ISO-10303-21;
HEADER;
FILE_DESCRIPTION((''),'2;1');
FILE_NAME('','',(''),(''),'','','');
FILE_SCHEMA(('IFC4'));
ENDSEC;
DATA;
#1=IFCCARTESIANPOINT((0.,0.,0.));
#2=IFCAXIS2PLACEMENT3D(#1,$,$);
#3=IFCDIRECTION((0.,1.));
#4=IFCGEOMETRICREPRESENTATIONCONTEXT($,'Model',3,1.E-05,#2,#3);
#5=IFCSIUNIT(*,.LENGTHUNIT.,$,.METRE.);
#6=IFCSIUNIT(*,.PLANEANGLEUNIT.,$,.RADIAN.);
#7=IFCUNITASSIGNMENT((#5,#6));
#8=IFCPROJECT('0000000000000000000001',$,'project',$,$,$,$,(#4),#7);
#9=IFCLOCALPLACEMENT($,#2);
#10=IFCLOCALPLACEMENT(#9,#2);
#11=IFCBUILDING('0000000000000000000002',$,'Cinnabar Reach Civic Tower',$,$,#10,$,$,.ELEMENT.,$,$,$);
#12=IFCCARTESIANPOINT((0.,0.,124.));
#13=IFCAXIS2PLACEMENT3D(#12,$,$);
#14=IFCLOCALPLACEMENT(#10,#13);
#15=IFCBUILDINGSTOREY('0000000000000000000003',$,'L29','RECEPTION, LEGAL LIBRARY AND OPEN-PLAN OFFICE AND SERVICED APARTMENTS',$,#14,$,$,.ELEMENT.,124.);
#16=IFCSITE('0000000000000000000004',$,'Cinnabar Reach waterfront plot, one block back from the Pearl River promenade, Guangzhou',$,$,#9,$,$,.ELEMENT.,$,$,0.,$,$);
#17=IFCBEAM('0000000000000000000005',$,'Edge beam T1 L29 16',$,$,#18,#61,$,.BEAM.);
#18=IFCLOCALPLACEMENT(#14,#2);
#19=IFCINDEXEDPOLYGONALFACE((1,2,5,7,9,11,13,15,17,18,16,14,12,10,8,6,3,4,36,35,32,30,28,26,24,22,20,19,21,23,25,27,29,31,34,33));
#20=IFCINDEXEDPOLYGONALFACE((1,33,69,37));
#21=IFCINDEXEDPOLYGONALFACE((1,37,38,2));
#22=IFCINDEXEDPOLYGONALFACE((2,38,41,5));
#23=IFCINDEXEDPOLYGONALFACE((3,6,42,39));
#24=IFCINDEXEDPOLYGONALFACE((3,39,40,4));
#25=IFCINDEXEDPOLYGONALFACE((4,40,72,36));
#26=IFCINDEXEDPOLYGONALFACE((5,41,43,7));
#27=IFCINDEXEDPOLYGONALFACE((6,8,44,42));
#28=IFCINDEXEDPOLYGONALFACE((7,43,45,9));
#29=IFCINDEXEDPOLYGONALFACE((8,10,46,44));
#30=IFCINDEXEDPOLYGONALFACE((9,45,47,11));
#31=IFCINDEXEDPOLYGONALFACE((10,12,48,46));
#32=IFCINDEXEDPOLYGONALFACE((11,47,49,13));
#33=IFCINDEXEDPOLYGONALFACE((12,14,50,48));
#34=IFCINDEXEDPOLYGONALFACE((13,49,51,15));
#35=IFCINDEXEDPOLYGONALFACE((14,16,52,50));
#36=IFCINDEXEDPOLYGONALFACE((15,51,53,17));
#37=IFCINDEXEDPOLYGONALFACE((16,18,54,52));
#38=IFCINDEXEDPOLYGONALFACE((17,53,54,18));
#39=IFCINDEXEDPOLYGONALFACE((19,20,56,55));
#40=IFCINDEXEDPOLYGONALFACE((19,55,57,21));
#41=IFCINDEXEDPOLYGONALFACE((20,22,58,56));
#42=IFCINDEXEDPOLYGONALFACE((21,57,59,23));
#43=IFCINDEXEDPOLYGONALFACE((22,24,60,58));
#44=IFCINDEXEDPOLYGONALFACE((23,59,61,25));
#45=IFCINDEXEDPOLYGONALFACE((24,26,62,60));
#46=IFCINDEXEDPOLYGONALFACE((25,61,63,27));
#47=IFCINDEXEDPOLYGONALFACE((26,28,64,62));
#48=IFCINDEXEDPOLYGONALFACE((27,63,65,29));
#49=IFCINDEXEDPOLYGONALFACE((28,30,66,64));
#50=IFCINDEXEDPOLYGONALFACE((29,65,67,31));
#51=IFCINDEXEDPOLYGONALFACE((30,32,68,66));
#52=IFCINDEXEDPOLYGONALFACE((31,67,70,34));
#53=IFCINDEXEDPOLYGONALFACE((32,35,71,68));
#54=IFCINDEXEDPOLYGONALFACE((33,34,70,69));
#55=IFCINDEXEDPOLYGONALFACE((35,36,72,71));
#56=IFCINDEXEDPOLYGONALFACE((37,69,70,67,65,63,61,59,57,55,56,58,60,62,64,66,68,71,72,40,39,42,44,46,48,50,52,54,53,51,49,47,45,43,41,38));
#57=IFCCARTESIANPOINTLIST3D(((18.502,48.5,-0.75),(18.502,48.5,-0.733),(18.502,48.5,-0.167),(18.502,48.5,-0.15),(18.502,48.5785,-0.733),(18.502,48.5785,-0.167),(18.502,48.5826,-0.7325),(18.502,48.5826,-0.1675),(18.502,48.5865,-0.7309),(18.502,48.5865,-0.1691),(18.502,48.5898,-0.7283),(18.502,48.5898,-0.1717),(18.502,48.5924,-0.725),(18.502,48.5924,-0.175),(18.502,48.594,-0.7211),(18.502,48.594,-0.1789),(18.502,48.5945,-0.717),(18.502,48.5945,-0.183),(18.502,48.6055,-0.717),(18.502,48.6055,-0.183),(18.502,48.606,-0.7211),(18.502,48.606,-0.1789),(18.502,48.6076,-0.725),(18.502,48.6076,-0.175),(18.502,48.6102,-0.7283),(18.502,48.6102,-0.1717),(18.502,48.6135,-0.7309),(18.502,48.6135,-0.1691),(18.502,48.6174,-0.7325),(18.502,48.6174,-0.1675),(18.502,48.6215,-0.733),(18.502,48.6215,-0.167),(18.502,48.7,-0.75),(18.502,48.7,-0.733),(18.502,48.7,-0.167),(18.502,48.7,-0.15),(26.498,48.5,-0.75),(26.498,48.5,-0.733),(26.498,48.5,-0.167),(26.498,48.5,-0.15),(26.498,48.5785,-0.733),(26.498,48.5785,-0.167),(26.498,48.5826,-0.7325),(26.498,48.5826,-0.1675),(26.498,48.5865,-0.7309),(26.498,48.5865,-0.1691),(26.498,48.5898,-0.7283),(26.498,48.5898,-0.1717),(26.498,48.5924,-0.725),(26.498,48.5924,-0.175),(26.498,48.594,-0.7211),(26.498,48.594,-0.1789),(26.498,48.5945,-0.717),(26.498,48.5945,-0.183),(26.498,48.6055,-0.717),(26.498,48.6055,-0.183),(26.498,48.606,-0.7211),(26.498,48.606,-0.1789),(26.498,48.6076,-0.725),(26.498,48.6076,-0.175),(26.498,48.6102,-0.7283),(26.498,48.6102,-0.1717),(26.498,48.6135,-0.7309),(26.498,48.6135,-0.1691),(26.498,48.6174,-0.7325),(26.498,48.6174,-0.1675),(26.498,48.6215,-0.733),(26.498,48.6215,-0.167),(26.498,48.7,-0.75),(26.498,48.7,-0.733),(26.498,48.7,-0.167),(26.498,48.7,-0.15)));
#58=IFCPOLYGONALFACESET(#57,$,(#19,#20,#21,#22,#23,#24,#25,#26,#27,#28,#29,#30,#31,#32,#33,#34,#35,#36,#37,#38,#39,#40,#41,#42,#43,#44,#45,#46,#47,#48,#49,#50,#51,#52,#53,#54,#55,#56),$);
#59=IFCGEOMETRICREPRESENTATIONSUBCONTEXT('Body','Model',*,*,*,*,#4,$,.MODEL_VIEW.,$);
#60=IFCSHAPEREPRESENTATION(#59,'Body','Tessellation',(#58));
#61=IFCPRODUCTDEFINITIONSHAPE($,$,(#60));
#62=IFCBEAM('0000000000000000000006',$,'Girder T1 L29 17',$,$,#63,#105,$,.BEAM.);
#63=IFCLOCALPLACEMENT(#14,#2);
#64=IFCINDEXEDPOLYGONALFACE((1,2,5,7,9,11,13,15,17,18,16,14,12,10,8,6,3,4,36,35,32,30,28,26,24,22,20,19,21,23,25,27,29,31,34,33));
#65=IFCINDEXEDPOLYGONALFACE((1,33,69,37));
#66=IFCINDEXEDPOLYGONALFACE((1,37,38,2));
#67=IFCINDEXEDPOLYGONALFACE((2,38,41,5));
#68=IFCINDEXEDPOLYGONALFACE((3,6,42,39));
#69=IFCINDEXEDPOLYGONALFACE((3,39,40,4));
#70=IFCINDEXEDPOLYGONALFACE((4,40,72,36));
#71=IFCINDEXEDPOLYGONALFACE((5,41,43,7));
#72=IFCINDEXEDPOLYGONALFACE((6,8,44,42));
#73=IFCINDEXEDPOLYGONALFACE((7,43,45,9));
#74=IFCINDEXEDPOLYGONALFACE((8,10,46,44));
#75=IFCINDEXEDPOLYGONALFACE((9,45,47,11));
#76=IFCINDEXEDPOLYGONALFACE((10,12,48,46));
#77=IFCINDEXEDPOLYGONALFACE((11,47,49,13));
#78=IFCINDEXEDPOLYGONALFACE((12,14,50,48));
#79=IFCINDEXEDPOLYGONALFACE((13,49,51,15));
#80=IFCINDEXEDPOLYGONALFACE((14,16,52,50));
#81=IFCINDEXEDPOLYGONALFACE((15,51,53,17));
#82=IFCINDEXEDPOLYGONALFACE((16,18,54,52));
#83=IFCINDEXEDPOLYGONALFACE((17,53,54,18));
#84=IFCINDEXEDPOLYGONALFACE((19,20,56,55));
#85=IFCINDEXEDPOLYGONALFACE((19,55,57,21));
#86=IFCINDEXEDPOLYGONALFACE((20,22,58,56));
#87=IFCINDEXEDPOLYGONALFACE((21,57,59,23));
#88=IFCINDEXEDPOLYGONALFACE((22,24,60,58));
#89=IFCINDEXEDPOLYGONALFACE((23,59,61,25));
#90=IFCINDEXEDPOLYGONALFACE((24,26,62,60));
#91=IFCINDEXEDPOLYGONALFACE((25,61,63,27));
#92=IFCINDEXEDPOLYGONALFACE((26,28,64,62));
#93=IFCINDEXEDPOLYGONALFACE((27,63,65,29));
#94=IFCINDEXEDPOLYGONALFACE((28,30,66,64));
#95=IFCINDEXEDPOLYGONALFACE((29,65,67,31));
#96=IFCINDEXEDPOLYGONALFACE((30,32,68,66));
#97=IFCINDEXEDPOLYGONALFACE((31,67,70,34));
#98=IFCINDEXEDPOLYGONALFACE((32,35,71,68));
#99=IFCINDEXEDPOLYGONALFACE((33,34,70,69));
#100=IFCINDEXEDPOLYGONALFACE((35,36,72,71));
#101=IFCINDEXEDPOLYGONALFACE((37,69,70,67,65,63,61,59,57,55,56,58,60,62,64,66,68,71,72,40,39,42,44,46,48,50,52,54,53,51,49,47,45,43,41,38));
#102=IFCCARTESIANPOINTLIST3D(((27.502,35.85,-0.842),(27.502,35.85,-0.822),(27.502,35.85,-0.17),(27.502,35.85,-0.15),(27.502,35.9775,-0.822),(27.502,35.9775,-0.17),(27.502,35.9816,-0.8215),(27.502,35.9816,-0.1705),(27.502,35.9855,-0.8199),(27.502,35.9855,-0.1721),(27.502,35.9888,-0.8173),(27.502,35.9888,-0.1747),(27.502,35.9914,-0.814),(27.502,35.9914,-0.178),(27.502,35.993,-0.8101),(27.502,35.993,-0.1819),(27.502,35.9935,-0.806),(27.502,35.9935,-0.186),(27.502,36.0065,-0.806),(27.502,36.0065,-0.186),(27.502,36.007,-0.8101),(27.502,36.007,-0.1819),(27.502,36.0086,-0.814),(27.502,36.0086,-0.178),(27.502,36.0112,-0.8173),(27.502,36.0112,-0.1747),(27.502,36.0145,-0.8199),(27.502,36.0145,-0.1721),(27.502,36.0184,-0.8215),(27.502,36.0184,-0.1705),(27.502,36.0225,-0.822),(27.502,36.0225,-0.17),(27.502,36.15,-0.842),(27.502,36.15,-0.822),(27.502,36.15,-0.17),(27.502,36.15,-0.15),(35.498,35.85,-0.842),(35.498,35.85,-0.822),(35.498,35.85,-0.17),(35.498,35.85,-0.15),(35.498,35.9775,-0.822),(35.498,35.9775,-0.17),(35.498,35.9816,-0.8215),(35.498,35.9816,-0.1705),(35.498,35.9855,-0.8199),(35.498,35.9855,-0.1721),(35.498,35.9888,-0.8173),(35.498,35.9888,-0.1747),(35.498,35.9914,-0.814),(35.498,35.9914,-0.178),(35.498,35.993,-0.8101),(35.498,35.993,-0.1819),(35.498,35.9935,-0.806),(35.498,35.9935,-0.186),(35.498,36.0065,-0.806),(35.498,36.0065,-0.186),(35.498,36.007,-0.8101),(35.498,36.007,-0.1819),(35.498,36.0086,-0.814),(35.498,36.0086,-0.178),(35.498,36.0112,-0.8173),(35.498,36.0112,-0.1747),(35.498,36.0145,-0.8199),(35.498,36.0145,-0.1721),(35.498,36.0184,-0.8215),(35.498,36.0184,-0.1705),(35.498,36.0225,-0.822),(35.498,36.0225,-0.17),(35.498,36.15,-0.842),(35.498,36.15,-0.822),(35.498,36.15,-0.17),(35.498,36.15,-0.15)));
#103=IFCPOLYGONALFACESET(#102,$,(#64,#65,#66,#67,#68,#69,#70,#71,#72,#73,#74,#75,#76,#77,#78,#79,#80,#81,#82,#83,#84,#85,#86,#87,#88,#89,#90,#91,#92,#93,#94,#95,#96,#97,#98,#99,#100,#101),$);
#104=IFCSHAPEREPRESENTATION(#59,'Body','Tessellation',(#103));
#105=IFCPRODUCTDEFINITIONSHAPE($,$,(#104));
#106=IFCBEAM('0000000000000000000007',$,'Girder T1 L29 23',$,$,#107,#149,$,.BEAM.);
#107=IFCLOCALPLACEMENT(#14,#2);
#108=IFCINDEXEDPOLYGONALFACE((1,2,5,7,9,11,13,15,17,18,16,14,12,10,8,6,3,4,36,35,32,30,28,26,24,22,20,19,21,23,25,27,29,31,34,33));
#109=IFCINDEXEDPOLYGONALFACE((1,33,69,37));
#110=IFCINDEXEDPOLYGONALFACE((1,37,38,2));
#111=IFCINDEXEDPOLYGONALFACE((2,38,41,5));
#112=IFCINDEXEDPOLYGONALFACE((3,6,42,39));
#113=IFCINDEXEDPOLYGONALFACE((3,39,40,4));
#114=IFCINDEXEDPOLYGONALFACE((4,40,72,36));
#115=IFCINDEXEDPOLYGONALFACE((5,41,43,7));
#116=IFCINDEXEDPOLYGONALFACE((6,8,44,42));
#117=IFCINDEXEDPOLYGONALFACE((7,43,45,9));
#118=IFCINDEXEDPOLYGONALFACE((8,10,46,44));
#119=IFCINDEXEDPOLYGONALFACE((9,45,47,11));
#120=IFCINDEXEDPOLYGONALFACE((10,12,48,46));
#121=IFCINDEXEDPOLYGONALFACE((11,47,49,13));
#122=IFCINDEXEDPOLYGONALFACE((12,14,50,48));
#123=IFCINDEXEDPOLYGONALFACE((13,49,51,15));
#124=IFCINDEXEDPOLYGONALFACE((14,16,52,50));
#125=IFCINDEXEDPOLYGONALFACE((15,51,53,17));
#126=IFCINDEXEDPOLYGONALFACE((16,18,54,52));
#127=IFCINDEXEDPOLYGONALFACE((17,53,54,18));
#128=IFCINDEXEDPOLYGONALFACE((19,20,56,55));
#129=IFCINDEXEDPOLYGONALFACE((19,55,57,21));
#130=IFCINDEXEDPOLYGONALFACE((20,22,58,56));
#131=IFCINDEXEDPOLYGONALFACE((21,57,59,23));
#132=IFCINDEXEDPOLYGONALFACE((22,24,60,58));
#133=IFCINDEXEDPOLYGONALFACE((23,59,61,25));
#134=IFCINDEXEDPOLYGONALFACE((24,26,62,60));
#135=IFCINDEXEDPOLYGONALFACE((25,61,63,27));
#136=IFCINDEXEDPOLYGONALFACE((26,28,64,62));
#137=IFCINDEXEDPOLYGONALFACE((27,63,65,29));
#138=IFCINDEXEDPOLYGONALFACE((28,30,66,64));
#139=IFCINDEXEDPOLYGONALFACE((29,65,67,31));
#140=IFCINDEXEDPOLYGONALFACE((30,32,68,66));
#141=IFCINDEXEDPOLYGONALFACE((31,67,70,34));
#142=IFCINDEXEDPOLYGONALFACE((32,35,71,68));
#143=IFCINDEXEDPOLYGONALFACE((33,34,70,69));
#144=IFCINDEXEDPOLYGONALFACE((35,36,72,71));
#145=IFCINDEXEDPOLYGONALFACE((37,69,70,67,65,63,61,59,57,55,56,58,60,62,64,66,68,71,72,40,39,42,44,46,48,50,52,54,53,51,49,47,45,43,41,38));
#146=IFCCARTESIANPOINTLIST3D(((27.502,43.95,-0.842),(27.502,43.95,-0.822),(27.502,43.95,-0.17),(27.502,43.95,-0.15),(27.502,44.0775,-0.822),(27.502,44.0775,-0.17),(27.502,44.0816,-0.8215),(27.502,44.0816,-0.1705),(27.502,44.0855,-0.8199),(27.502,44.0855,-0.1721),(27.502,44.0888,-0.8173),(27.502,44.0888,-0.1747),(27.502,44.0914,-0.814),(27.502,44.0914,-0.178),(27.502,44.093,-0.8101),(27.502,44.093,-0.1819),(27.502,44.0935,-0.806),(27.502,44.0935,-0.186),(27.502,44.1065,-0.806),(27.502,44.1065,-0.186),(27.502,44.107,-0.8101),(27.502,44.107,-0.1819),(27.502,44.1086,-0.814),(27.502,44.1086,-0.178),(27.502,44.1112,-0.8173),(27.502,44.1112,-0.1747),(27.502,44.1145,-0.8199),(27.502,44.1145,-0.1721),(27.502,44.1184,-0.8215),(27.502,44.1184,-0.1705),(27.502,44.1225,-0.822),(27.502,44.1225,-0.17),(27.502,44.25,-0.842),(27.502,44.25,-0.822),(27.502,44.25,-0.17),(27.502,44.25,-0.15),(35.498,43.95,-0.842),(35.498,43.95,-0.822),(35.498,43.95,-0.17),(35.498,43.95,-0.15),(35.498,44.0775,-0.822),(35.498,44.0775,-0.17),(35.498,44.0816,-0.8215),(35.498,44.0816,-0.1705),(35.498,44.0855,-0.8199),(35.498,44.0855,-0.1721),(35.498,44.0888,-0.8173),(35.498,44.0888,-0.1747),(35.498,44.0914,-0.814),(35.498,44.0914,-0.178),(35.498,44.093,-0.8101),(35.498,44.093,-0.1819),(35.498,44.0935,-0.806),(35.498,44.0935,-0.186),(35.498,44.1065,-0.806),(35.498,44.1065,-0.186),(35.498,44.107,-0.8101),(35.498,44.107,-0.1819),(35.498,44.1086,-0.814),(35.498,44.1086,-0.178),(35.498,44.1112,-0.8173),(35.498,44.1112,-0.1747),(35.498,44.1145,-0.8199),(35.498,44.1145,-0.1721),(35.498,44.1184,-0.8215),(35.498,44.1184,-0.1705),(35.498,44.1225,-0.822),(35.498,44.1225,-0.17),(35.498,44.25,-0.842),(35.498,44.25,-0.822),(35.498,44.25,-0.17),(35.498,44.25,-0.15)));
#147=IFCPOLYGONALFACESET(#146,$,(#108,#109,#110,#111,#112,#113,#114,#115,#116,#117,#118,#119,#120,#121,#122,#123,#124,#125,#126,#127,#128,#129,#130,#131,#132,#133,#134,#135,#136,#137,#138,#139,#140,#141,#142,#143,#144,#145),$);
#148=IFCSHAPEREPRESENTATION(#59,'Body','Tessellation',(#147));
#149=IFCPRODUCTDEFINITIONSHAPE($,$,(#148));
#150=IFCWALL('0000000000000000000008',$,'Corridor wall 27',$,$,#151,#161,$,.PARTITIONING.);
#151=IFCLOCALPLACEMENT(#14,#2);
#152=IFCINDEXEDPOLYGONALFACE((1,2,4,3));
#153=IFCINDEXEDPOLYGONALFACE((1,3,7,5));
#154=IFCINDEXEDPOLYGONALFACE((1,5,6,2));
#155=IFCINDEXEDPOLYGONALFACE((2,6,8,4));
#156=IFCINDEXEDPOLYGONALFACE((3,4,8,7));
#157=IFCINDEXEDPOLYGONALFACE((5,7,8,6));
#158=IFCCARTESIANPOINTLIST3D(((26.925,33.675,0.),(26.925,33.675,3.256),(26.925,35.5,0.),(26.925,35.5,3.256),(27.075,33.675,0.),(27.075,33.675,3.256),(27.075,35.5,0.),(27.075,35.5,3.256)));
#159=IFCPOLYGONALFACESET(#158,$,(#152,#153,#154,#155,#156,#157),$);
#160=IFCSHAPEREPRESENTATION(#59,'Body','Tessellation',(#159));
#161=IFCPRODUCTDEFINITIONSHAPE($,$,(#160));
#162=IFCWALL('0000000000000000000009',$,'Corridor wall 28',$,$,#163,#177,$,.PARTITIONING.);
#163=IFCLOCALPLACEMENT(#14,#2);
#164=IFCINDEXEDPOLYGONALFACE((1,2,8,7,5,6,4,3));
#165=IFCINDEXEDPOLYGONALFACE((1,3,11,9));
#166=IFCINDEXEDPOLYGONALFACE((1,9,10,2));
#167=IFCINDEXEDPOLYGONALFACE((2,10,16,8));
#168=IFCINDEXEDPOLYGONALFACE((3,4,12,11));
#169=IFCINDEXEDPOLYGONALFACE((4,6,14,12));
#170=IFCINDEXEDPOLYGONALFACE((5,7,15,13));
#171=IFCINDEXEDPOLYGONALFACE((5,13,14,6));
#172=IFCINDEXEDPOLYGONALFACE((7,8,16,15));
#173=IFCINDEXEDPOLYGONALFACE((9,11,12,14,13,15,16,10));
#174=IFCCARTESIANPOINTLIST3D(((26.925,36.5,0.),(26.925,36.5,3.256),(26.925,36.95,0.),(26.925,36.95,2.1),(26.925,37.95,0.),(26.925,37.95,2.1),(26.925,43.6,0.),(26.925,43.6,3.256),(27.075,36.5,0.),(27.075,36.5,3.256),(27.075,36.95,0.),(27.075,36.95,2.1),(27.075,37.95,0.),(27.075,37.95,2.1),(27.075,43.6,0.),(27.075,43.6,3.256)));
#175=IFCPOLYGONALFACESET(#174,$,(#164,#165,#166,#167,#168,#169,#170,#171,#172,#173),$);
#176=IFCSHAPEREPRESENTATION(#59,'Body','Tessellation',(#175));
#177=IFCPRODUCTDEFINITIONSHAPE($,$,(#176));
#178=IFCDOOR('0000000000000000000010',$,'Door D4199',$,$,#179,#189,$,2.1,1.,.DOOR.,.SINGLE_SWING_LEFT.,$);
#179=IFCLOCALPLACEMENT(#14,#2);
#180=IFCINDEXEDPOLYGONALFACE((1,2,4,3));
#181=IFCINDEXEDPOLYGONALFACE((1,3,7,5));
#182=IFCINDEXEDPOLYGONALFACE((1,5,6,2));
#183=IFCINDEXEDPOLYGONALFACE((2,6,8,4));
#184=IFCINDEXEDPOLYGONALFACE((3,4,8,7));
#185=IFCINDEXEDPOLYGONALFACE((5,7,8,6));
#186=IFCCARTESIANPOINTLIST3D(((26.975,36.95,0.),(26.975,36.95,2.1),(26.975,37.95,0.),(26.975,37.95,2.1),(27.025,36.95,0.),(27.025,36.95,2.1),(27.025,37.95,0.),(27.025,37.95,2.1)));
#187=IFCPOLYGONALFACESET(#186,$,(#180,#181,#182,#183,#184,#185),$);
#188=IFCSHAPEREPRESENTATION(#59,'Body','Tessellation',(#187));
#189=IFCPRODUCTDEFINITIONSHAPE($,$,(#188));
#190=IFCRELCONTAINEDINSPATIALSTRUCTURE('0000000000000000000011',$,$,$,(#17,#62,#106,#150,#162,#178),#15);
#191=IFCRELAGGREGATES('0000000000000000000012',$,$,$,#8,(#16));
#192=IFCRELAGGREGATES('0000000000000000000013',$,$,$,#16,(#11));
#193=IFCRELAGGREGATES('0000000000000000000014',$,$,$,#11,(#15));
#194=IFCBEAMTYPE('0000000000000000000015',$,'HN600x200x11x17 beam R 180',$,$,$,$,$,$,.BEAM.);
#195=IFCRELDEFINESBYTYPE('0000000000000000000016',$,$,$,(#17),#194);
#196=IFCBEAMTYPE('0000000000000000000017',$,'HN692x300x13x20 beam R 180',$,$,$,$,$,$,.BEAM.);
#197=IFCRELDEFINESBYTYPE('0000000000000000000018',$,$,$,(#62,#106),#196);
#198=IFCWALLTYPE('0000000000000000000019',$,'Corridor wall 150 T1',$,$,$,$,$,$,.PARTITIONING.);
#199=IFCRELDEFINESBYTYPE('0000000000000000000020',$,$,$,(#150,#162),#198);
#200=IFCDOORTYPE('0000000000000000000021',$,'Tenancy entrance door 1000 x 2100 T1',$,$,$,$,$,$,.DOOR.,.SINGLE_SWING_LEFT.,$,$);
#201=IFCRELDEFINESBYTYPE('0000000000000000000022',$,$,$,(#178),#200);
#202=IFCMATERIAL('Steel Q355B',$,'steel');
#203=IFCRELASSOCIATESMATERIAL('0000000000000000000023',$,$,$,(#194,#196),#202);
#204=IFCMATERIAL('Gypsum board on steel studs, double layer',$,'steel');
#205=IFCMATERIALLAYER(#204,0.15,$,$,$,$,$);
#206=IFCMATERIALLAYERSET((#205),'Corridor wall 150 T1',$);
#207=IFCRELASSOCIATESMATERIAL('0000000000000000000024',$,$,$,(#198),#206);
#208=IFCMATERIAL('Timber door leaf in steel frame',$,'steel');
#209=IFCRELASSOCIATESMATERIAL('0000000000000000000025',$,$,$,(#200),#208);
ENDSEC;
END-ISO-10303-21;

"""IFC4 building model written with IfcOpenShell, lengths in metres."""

from ifc_helpers import new_model, si_unit, direction, frame, frame_2d, origin, origin_2d, place, context, subcontext, project, spatial, rectangle, i_section, extrude, material, layer, layer_set, material_profile, profile_set, type_object, element, fill, save


model = new_model("IFC4")

# Units and contexts
model_context = context("Model", 3, precision=1e-05, world=origin(), true_north=direction((0.0, 1.0)))
body_context = subcontext(model_context, "Body", "Model", "MODEL_VIEW")
ifc_project = project(units=[si_unit("LENGTHUNIT", "METRE"), si_unit("PLANEANGLEUNIT", "RADIAN")], contexts=[model_context])

# Site, building, storey
site_placement = place(None, origin())
site = spatial("IfcSite", under=ifc_project, at=site_placement, Name="Cinnabar Reach waterfront plot, one block back from the Pearl River promenade, Guangzhou", CompositionType="ELEMENT", RefElevation=0.0)
building_placement = place(site_placement, origin())
building = spatial("IfcBuilding", under=site, at=building_placement, Name="Cinnabar Reach Civic Tower", CompositionType="ELEMENT")
storey_placement = place(building_placement, frame((0.0, 0.0, 124.0)))
storey = spatial("IfcBuildingStorey", under=building, at=storey_placement, Name="L29", Description="RECEPTION, LEGAL LIBRARY AND OPEN-PLAN OFFICE AND SERVICED APARTMENTS", CompositionType="ELEMENT", Elevation=124.0)

# Beams
ifc_material_1 = material(Name="Steel Q355B", Category="steel")
ifc_material_profile_1 = material_profile(ifc_material_1, i_section(OverallWidth=0.2, OverallDepth=0.6, WebThickness=0.011, FlangeThickness=0.017, FilletRadius=0.016, at=origin_2d()), Name="HN600x200x11x17")
ifc_profile_set_1 = profile_set([ifc_material_profile_1], Name="Steel Q355B")
beam_type_1 = type_object("IfcBeamType", Name="HN600x200x11x17 beam R 180", PredefinedType="BEAM", material=ifc_profile_set_1)
for number, where, z_axis, x_axis, name in (
    (1, (26.498, 48.6, -0.45), (-1.0, 0.0, 0.0), (0.0, -1.0, 0.0), "Edge beam T1 L29 16"),
):
    element("IfcBeam", number, at=place(storey_placement, frame(where, z_axis=z_axis, x_axis=x_axis)), inside=storey, type_object=beam_type_1, Name=name, PredefinedType="BEAM", context=body_context, shape_type="SweptSolid", body=[
        extrude(i_section(OverallWidth=0.2, OverallDepth=0.6, WebThickness=0.011, FlangeThickness=0.017, FilletRadius=0.016, at=origin_2d()), origin(), (0.0, 0.0, 1.0), 7.996),
    ])
ifc_material_profile_2 = material_profile(ifc_material_1, i_section(OverallWidth=0.3, OverallDepth=0.692, WebThickness=0.013, FlangeThickness=0.02, FilletRadius=0.016, at=origin_2d()), Name="HN692x300x13x20")
ifc_profile_set_2 = profile_set([ifc_material_profile_2], Name="Steel Q355B")
beam_type_2 = type_object("IfcBeamType", Name="HN692x300x13x20 beam R 180", PredefinedType="BEAM", material=ifc_profile_set_2)
for number, where, z_axis, x_axis, name in (
    (2, (27.502, 36.0, -0.496), (1.0, 0.0, 0.0), (0.0, 1.0, 0.0), "Girder T1 L29 17"),
    (3, (27.502, 44.1, -0.496), (1.0, 0.0, 0.0), (0.0, 1.0, 0.0), "Girder T1 L29 23"),
):
    element("IfcBeam", number, at=place(storey_placement, frame(where, z_axis=z_axis, x_axis=x_axis)), inside=storey, type_object=beam_type_2, Name=name, PredefinedType="BEAM", context=body_context, shape_type="SweptSolid", body=[
        extrude(i_section(OverallWidth=0.3, OverallDepth=0.692, WebThickness=0.013, FlangeThickness=0.02, FilletRadius=0.016, at=origin_2d()), origin(), (0.0, 0.0, 1.0), 7.996),
    ])

# Wall
ifc_material_2 = material(Name="Gypsum board on steel studs, double layer", Category="steel")
ifc_layer_1 = layer(ifc_material_2, 0.15)
ifc_layer_set_1 = layer_set([ifc_layer_1], Name="Corridor wall 150 T1")
wall_type_1 = type_object("IfcWallType", Name="Corridor wall 150 T1", PredefinedType="PARTITIONING", material=ifc_layer_set_1)
wall_1_placement = place(storey_placement, frame((27.0, 33.675, 0.0), z_axis=(0.0, 0.0, 1.0), x_axis=(0.0, 1.0, 0.0)))
element("IfcWall", 4, at=wall_1_placement, inside=storey, type_object=wall_type_1, Name="Corridor wall 27", PredefinedType="PARTITIONING", context=body_context, shape_type="SweptSolid", body=[
    extrude(rectangle(XDim=1.825, YDim=0.15, at=frame_2d((0.9125, 0.0))), origin(), (0.0, 0.0, 1.0), 3.256),
])

# Wall, opening, door
wall_2_placement = place(storey_placement, frame((27.0, 36.5, 0.0), z_axis=(0.0, 0.0, 1.0), x_axis=(0.0, 1.0, 0.0)))
wall_2 = element("IfcWall", 5, at=wall_2_placement, inside=storey, type_object=wall_type_1, Name="Corridor wall 28", PredefinedType="PARTITIONING", context=body_context, shape_type="SweptSolid", body=[
    extrude(rectangle(XDim=7.1, YDim=0.15, at=frame_2d((3.55, 0.0))), origin(), (0.0, 0.0, 1.0), 3.256),
])
opening_1_placement = place(wall_2_placement, frame((0.45, 0.0, 0.0)))
opening_1 = element("IfcOpeningElement", 6, at=opening_1_placement, cuts=wall_2, PredefinedType="OPENING", context=body_context, shape_type="SweptSolid", body=[
    extrude(rectangle(XDim=1.0, YDim=2.1, at=frame_2d((0.5, 1.05))), frame((0.0, 0.085, 0.0), z_axis=(0.0, -1.0, 0.0), x_axis=(1.0, 0.0, 0.0)), (0.0, 0.0, 1.0), 0.17),
])
ifc_material_3 = material(Name="Timber door leaf in steel frame", Category="steel")
door_type_1 = type_object("IfcDoorType", Name="Tenancy entrance door 1000 x 2100 T1", OperationType="SINGLE_SWING_LEFT", PredefinedType="DOOR", material=ifc_material_3)
door_1_placement = place(opening_1_placement, frame((1.0, 0.0, 0.0), z_axis=(0.0, 0.0, 1.0), x_axis=(-1.0, 0.0, 0.0)))
door_1 = element("IfcDoor", 7, at=door_1_placement, inside=storey, type_object=door_type_1, Name="Door D4199", OperationType="SINGLE_SWING_LEFT", OverallHeight=2.1, OverallWidth=1.0, PredefinedType="DOOR", context=body_context, shape_type="SweptSolid", body=[
    extrude(rectangle(XDim=1.0, YDim=2.1, at=frame_2d((0.5, 1.05))), frame((0.0, 0.025, 0.0), z_axis=(0.0, -1.0, 0.0), x_axis=(1.0, 0.0, 0.0)), (0.0, 0.0, 1.0), 0.05),
])
fill(opening_1, door_1)

save(model, "model.ifc")
